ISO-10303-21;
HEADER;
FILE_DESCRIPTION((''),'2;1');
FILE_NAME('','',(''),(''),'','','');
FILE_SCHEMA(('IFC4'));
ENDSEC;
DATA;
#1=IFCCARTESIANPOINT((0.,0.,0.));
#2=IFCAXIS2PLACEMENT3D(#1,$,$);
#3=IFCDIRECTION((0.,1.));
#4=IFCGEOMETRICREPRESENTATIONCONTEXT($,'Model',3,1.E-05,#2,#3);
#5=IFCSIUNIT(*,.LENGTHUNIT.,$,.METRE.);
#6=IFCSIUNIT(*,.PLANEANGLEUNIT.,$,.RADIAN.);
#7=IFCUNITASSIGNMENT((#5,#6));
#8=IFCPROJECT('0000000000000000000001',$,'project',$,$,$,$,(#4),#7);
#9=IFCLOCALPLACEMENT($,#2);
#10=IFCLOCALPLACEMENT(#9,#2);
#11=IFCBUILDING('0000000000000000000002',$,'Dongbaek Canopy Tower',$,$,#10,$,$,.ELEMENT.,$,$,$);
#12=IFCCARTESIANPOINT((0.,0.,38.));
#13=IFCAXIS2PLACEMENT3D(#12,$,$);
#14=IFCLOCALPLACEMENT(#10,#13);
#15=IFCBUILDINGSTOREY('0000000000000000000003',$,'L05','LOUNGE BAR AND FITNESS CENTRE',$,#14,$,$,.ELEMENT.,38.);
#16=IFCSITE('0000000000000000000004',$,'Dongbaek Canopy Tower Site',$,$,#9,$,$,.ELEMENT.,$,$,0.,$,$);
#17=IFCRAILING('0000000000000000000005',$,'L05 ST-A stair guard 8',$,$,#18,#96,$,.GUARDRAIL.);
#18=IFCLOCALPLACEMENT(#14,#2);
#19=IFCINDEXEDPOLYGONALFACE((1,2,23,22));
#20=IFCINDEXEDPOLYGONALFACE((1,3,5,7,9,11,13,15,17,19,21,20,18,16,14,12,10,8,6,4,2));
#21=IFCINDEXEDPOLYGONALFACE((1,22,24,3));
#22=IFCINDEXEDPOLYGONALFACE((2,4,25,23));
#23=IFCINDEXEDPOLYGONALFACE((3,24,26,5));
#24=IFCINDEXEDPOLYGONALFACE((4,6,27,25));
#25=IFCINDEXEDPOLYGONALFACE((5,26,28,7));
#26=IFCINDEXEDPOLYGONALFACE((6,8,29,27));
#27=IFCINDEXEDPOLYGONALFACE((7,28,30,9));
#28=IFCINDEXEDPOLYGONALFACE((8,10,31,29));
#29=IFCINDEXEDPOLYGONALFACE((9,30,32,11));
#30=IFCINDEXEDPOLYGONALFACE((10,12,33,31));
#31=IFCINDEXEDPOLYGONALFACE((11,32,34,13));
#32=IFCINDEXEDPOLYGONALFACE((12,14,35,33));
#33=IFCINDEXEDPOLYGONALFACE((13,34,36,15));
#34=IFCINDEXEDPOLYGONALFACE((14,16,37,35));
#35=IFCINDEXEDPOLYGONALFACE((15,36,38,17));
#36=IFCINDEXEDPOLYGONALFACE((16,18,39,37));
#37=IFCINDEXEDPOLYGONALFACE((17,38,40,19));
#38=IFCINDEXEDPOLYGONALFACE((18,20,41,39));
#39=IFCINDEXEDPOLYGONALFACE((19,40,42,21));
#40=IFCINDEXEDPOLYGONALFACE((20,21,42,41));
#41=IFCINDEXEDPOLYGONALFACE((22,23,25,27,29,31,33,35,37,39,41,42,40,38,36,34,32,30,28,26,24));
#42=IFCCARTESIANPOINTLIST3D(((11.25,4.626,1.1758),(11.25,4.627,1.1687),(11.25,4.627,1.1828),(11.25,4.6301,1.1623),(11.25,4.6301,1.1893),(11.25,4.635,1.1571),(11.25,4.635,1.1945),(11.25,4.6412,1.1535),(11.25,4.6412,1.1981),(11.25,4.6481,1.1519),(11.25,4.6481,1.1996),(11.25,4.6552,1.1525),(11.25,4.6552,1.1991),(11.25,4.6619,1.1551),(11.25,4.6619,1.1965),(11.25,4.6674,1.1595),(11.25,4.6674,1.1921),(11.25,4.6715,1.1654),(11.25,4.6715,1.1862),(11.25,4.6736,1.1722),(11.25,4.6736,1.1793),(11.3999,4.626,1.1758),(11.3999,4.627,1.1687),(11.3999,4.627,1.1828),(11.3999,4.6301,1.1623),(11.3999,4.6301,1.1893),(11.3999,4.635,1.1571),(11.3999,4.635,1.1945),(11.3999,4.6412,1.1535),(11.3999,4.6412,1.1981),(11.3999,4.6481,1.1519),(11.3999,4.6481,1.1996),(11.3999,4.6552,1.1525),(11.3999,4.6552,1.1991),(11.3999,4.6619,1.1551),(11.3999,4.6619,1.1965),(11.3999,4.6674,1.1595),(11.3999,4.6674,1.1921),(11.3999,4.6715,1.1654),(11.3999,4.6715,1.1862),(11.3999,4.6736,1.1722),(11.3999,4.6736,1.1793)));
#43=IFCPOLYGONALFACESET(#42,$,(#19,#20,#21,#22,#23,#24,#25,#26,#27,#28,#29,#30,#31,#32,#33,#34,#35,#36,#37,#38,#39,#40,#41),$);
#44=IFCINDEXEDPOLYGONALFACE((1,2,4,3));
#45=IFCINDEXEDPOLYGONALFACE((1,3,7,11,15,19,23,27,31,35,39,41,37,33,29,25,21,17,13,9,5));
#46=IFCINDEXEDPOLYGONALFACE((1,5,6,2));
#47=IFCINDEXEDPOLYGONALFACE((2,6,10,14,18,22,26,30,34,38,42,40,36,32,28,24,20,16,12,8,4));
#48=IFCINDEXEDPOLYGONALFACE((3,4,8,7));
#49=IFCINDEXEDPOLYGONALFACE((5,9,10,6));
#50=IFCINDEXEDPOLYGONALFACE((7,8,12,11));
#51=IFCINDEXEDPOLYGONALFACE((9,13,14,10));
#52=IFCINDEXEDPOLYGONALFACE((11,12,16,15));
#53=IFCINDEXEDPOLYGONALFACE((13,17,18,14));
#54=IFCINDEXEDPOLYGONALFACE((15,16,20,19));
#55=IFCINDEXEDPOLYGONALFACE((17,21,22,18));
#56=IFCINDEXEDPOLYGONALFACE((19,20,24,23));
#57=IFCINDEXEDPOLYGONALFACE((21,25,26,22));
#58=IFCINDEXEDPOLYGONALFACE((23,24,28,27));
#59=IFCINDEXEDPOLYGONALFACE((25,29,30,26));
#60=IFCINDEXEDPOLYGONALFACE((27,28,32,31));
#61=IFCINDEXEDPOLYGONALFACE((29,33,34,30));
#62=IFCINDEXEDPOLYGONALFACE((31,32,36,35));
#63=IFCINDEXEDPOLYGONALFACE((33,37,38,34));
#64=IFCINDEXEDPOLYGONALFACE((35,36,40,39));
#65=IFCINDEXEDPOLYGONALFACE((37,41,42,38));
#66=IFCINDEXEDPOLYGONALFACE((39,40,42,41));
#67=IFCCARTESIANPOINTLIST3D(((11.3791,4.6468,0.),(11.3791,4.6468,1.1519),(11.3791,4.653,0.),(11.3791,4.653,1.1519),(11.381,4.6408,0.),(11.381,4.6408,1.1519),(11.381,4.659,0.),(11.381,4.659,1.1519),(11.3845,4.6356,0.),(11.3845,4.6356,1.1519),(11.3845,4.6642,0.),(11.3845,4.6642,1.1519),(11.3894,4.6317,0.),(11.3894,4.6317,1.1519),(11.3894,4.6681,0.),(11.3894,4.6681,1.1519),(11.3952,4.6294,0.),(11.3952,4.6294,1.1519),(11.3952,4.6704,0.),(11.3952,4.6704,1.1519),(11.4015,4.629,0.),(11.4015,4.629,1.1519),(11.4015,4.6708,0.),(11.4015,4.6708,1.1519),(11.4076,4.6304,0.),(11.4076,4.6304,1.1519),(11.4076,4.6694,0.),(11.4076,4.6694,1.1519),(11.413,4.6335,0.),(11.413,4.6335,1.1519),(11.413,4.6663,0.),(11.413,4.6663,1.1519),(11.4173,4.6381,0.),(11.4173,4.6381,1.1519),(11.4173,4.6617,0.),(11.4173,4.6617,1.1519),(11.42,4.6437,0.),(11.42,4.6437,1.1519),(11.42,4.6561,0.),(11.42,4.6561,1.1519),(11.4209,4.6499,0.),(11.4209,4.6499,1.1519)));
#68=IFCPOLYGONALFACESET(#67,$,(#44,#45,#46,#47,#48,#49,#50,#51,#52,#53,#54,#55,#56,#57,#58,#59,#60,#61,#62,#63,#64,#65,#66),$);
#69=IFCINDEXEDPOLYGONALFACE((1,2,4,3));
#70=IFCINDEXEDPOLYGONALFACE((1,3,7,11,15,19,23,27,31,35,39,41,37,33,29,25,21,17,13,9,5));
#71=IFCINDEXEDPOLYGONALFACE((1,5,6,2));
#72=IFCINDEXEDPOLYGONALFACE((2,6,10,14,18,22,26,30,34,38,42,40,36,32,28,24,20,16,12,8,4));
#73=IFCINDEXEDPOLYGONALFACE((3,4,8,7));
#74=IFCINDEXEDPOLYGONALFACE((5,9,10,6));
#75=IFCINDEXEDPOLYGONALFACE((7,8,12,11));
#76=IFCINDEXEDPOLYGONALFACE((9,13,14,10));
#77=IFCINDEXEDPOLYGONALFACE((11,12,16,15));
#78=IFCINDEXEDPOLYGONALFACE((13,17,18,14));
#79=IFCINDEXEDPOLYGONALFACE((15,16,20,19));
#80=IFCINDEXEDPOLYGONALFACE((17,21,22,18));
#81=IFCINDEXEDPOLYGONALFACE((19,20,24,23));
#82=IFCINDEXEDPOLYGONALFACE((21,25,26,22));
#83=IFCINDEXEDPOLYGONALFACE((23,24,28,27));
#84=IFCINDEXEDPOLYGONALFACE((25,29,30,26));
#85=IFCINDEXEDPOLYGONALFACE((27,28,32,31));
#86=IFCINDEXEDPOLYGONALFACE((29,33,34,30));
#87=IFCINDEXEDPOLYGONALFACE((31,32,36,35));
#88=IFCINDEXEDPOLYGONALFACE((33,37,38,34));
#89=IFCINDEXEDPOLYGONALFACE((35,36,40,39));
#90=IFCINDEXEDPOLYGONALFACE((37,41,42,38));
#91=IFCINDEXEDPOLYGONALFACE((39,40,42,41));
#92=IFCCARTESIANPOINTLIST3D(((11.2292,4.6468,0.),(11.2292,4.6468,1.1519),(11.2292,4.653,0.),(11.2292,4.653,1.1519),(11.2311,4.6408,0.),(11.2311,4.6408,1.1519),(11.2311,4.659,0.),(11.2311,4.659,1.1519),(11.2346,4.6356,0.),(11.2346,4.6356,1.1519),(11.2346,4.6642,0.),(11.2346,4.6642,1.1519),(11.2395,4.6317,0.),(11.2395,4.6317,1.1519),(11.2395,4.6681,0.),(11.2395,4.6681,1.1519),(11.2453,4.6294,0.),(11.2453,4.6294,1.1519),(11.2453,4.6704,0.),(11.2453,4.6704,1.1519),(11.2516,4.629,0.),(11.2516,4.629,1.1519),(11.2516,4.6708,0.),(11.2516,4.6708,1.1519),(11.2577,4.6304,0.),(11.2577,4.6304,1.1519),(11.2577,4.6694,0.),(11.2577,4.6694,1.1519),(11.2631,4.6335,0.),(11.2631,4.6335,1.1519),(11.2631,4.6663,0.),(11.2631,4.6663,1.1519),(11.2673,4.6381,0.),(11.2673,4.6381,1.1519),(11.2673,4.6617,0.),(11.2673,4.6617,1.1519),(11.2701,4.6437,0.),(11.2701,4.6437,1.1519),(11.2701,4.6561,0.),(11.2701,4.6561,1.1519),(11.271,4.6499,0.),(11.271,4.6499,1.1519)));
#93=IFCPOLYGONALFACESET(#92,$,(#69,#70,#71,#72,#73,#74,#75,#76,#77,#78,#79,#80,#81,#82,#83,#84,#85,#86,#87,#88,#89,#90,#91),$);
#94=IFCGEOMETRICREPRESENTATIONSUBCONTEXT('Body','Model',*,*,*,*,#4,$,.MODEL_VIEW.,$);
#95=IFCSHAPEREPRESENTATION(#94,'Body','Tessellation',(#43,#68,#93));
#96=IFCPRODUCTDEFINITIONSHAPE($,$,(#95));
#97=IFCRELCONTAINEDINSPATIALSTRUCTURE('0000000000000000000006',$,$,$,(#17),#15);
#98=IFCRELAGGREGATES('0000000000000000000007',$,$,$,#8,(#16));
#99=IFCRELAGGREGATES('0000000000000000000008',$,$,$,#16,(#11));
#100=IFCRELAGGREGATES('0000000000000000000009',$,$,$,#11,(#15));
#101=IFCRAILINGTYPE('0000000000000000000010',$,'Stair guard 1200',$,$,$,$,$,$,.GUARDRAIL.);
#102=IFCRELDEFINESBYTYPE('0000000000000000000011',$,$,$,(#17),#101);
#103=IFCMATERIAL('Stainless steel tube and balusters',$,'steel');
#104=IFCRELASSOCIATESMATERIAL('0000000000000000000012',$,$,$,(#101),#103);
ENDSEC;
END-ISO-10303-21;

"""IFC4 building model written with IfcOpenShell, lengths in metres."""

from ifc_helpers import new_model, si_unit, direction, frame, origin, origin_2d, place, context, subcontext, project, spatial, circle, extrude, material, type_object, element, save


model = new_model("IFC4")

# Units and contexts
model_context = context("Model", 3, precision=1e-05, world=origin(), true_north=direction((0.0, 1.0)))
body_context = subcontext(model_context, "Body", "Model", "MODEL_VIEW")
ifc_project = project(units=[si_unit("LENGTHUNIT", "METRE"), si_unit("PLANEANGLEUNIT", "RADIAN")], contexts=[model_context])

# Site, building, storey
site_placement = place(None, origin())
site = spatial("IfcSite", under=ifc_project, at=site_placement, Name="Dongbaek Canopy Tower Site", CompositionType="ELEMENT", RefElevation=0.0)
building_placement = place(site_placement, origin())
building = spatial("IfcBuilding", under=site, at=building_placement, Name="Dongbaek Canopy Tower", CompositionType="ELEMENT")
storey_placement = place(building_placement, frame((0.0, 0.0, 38.0)))
storey = spatial("IfcBuildingStorey", under=building, at=storey_placement, Name="L05", Description="LOUNGE BAR AND FITNESS CENTRE", CompositionType="ELEMENT", Elevation=38.0)

# Railing
ifc_material_1 = material(Name="Stainless steel tube and balusters", Category="steel")
railing_type_1 = type_object("IfcRailingType", Name="Stair guard 1200", PredefinedType="GUARDRAIL", material=ifc_material_1)
railing_1_placement = place(storey_placement, frame((11.3999, 4.6499, 0.0)))
element("IfcRailing", 1, at=railing_1_placement, inside=storey, type_object=railing_type_1, Name="L05 ST-A stair guard 8", PredefinedType="GUARDRAIL", context=body_context, shape_type="SweptSolid", body=[
    extrude(circle(Radius=0.0239, at=origin_2d()), frame((0.0, 0.0, 1.1758), z_axis=(-1.0, 0.0, 0.0), x_axis=(0.0, -1.0, 0.0)), (0.0, 0.0, 1.0), 0.1499),
    extrude(circle(Radius=0.021, at=origin_2d()), origin(), (0.0, 0.0, 1.0), 1.1519),
    extrude(circle(Radius=0.021, at=origin_2d()), frame((-0.1499, 0.0, 0.0)), (0.0, 0.0, 1.0), 1.1519),
])

save(model, "model.ifc")
